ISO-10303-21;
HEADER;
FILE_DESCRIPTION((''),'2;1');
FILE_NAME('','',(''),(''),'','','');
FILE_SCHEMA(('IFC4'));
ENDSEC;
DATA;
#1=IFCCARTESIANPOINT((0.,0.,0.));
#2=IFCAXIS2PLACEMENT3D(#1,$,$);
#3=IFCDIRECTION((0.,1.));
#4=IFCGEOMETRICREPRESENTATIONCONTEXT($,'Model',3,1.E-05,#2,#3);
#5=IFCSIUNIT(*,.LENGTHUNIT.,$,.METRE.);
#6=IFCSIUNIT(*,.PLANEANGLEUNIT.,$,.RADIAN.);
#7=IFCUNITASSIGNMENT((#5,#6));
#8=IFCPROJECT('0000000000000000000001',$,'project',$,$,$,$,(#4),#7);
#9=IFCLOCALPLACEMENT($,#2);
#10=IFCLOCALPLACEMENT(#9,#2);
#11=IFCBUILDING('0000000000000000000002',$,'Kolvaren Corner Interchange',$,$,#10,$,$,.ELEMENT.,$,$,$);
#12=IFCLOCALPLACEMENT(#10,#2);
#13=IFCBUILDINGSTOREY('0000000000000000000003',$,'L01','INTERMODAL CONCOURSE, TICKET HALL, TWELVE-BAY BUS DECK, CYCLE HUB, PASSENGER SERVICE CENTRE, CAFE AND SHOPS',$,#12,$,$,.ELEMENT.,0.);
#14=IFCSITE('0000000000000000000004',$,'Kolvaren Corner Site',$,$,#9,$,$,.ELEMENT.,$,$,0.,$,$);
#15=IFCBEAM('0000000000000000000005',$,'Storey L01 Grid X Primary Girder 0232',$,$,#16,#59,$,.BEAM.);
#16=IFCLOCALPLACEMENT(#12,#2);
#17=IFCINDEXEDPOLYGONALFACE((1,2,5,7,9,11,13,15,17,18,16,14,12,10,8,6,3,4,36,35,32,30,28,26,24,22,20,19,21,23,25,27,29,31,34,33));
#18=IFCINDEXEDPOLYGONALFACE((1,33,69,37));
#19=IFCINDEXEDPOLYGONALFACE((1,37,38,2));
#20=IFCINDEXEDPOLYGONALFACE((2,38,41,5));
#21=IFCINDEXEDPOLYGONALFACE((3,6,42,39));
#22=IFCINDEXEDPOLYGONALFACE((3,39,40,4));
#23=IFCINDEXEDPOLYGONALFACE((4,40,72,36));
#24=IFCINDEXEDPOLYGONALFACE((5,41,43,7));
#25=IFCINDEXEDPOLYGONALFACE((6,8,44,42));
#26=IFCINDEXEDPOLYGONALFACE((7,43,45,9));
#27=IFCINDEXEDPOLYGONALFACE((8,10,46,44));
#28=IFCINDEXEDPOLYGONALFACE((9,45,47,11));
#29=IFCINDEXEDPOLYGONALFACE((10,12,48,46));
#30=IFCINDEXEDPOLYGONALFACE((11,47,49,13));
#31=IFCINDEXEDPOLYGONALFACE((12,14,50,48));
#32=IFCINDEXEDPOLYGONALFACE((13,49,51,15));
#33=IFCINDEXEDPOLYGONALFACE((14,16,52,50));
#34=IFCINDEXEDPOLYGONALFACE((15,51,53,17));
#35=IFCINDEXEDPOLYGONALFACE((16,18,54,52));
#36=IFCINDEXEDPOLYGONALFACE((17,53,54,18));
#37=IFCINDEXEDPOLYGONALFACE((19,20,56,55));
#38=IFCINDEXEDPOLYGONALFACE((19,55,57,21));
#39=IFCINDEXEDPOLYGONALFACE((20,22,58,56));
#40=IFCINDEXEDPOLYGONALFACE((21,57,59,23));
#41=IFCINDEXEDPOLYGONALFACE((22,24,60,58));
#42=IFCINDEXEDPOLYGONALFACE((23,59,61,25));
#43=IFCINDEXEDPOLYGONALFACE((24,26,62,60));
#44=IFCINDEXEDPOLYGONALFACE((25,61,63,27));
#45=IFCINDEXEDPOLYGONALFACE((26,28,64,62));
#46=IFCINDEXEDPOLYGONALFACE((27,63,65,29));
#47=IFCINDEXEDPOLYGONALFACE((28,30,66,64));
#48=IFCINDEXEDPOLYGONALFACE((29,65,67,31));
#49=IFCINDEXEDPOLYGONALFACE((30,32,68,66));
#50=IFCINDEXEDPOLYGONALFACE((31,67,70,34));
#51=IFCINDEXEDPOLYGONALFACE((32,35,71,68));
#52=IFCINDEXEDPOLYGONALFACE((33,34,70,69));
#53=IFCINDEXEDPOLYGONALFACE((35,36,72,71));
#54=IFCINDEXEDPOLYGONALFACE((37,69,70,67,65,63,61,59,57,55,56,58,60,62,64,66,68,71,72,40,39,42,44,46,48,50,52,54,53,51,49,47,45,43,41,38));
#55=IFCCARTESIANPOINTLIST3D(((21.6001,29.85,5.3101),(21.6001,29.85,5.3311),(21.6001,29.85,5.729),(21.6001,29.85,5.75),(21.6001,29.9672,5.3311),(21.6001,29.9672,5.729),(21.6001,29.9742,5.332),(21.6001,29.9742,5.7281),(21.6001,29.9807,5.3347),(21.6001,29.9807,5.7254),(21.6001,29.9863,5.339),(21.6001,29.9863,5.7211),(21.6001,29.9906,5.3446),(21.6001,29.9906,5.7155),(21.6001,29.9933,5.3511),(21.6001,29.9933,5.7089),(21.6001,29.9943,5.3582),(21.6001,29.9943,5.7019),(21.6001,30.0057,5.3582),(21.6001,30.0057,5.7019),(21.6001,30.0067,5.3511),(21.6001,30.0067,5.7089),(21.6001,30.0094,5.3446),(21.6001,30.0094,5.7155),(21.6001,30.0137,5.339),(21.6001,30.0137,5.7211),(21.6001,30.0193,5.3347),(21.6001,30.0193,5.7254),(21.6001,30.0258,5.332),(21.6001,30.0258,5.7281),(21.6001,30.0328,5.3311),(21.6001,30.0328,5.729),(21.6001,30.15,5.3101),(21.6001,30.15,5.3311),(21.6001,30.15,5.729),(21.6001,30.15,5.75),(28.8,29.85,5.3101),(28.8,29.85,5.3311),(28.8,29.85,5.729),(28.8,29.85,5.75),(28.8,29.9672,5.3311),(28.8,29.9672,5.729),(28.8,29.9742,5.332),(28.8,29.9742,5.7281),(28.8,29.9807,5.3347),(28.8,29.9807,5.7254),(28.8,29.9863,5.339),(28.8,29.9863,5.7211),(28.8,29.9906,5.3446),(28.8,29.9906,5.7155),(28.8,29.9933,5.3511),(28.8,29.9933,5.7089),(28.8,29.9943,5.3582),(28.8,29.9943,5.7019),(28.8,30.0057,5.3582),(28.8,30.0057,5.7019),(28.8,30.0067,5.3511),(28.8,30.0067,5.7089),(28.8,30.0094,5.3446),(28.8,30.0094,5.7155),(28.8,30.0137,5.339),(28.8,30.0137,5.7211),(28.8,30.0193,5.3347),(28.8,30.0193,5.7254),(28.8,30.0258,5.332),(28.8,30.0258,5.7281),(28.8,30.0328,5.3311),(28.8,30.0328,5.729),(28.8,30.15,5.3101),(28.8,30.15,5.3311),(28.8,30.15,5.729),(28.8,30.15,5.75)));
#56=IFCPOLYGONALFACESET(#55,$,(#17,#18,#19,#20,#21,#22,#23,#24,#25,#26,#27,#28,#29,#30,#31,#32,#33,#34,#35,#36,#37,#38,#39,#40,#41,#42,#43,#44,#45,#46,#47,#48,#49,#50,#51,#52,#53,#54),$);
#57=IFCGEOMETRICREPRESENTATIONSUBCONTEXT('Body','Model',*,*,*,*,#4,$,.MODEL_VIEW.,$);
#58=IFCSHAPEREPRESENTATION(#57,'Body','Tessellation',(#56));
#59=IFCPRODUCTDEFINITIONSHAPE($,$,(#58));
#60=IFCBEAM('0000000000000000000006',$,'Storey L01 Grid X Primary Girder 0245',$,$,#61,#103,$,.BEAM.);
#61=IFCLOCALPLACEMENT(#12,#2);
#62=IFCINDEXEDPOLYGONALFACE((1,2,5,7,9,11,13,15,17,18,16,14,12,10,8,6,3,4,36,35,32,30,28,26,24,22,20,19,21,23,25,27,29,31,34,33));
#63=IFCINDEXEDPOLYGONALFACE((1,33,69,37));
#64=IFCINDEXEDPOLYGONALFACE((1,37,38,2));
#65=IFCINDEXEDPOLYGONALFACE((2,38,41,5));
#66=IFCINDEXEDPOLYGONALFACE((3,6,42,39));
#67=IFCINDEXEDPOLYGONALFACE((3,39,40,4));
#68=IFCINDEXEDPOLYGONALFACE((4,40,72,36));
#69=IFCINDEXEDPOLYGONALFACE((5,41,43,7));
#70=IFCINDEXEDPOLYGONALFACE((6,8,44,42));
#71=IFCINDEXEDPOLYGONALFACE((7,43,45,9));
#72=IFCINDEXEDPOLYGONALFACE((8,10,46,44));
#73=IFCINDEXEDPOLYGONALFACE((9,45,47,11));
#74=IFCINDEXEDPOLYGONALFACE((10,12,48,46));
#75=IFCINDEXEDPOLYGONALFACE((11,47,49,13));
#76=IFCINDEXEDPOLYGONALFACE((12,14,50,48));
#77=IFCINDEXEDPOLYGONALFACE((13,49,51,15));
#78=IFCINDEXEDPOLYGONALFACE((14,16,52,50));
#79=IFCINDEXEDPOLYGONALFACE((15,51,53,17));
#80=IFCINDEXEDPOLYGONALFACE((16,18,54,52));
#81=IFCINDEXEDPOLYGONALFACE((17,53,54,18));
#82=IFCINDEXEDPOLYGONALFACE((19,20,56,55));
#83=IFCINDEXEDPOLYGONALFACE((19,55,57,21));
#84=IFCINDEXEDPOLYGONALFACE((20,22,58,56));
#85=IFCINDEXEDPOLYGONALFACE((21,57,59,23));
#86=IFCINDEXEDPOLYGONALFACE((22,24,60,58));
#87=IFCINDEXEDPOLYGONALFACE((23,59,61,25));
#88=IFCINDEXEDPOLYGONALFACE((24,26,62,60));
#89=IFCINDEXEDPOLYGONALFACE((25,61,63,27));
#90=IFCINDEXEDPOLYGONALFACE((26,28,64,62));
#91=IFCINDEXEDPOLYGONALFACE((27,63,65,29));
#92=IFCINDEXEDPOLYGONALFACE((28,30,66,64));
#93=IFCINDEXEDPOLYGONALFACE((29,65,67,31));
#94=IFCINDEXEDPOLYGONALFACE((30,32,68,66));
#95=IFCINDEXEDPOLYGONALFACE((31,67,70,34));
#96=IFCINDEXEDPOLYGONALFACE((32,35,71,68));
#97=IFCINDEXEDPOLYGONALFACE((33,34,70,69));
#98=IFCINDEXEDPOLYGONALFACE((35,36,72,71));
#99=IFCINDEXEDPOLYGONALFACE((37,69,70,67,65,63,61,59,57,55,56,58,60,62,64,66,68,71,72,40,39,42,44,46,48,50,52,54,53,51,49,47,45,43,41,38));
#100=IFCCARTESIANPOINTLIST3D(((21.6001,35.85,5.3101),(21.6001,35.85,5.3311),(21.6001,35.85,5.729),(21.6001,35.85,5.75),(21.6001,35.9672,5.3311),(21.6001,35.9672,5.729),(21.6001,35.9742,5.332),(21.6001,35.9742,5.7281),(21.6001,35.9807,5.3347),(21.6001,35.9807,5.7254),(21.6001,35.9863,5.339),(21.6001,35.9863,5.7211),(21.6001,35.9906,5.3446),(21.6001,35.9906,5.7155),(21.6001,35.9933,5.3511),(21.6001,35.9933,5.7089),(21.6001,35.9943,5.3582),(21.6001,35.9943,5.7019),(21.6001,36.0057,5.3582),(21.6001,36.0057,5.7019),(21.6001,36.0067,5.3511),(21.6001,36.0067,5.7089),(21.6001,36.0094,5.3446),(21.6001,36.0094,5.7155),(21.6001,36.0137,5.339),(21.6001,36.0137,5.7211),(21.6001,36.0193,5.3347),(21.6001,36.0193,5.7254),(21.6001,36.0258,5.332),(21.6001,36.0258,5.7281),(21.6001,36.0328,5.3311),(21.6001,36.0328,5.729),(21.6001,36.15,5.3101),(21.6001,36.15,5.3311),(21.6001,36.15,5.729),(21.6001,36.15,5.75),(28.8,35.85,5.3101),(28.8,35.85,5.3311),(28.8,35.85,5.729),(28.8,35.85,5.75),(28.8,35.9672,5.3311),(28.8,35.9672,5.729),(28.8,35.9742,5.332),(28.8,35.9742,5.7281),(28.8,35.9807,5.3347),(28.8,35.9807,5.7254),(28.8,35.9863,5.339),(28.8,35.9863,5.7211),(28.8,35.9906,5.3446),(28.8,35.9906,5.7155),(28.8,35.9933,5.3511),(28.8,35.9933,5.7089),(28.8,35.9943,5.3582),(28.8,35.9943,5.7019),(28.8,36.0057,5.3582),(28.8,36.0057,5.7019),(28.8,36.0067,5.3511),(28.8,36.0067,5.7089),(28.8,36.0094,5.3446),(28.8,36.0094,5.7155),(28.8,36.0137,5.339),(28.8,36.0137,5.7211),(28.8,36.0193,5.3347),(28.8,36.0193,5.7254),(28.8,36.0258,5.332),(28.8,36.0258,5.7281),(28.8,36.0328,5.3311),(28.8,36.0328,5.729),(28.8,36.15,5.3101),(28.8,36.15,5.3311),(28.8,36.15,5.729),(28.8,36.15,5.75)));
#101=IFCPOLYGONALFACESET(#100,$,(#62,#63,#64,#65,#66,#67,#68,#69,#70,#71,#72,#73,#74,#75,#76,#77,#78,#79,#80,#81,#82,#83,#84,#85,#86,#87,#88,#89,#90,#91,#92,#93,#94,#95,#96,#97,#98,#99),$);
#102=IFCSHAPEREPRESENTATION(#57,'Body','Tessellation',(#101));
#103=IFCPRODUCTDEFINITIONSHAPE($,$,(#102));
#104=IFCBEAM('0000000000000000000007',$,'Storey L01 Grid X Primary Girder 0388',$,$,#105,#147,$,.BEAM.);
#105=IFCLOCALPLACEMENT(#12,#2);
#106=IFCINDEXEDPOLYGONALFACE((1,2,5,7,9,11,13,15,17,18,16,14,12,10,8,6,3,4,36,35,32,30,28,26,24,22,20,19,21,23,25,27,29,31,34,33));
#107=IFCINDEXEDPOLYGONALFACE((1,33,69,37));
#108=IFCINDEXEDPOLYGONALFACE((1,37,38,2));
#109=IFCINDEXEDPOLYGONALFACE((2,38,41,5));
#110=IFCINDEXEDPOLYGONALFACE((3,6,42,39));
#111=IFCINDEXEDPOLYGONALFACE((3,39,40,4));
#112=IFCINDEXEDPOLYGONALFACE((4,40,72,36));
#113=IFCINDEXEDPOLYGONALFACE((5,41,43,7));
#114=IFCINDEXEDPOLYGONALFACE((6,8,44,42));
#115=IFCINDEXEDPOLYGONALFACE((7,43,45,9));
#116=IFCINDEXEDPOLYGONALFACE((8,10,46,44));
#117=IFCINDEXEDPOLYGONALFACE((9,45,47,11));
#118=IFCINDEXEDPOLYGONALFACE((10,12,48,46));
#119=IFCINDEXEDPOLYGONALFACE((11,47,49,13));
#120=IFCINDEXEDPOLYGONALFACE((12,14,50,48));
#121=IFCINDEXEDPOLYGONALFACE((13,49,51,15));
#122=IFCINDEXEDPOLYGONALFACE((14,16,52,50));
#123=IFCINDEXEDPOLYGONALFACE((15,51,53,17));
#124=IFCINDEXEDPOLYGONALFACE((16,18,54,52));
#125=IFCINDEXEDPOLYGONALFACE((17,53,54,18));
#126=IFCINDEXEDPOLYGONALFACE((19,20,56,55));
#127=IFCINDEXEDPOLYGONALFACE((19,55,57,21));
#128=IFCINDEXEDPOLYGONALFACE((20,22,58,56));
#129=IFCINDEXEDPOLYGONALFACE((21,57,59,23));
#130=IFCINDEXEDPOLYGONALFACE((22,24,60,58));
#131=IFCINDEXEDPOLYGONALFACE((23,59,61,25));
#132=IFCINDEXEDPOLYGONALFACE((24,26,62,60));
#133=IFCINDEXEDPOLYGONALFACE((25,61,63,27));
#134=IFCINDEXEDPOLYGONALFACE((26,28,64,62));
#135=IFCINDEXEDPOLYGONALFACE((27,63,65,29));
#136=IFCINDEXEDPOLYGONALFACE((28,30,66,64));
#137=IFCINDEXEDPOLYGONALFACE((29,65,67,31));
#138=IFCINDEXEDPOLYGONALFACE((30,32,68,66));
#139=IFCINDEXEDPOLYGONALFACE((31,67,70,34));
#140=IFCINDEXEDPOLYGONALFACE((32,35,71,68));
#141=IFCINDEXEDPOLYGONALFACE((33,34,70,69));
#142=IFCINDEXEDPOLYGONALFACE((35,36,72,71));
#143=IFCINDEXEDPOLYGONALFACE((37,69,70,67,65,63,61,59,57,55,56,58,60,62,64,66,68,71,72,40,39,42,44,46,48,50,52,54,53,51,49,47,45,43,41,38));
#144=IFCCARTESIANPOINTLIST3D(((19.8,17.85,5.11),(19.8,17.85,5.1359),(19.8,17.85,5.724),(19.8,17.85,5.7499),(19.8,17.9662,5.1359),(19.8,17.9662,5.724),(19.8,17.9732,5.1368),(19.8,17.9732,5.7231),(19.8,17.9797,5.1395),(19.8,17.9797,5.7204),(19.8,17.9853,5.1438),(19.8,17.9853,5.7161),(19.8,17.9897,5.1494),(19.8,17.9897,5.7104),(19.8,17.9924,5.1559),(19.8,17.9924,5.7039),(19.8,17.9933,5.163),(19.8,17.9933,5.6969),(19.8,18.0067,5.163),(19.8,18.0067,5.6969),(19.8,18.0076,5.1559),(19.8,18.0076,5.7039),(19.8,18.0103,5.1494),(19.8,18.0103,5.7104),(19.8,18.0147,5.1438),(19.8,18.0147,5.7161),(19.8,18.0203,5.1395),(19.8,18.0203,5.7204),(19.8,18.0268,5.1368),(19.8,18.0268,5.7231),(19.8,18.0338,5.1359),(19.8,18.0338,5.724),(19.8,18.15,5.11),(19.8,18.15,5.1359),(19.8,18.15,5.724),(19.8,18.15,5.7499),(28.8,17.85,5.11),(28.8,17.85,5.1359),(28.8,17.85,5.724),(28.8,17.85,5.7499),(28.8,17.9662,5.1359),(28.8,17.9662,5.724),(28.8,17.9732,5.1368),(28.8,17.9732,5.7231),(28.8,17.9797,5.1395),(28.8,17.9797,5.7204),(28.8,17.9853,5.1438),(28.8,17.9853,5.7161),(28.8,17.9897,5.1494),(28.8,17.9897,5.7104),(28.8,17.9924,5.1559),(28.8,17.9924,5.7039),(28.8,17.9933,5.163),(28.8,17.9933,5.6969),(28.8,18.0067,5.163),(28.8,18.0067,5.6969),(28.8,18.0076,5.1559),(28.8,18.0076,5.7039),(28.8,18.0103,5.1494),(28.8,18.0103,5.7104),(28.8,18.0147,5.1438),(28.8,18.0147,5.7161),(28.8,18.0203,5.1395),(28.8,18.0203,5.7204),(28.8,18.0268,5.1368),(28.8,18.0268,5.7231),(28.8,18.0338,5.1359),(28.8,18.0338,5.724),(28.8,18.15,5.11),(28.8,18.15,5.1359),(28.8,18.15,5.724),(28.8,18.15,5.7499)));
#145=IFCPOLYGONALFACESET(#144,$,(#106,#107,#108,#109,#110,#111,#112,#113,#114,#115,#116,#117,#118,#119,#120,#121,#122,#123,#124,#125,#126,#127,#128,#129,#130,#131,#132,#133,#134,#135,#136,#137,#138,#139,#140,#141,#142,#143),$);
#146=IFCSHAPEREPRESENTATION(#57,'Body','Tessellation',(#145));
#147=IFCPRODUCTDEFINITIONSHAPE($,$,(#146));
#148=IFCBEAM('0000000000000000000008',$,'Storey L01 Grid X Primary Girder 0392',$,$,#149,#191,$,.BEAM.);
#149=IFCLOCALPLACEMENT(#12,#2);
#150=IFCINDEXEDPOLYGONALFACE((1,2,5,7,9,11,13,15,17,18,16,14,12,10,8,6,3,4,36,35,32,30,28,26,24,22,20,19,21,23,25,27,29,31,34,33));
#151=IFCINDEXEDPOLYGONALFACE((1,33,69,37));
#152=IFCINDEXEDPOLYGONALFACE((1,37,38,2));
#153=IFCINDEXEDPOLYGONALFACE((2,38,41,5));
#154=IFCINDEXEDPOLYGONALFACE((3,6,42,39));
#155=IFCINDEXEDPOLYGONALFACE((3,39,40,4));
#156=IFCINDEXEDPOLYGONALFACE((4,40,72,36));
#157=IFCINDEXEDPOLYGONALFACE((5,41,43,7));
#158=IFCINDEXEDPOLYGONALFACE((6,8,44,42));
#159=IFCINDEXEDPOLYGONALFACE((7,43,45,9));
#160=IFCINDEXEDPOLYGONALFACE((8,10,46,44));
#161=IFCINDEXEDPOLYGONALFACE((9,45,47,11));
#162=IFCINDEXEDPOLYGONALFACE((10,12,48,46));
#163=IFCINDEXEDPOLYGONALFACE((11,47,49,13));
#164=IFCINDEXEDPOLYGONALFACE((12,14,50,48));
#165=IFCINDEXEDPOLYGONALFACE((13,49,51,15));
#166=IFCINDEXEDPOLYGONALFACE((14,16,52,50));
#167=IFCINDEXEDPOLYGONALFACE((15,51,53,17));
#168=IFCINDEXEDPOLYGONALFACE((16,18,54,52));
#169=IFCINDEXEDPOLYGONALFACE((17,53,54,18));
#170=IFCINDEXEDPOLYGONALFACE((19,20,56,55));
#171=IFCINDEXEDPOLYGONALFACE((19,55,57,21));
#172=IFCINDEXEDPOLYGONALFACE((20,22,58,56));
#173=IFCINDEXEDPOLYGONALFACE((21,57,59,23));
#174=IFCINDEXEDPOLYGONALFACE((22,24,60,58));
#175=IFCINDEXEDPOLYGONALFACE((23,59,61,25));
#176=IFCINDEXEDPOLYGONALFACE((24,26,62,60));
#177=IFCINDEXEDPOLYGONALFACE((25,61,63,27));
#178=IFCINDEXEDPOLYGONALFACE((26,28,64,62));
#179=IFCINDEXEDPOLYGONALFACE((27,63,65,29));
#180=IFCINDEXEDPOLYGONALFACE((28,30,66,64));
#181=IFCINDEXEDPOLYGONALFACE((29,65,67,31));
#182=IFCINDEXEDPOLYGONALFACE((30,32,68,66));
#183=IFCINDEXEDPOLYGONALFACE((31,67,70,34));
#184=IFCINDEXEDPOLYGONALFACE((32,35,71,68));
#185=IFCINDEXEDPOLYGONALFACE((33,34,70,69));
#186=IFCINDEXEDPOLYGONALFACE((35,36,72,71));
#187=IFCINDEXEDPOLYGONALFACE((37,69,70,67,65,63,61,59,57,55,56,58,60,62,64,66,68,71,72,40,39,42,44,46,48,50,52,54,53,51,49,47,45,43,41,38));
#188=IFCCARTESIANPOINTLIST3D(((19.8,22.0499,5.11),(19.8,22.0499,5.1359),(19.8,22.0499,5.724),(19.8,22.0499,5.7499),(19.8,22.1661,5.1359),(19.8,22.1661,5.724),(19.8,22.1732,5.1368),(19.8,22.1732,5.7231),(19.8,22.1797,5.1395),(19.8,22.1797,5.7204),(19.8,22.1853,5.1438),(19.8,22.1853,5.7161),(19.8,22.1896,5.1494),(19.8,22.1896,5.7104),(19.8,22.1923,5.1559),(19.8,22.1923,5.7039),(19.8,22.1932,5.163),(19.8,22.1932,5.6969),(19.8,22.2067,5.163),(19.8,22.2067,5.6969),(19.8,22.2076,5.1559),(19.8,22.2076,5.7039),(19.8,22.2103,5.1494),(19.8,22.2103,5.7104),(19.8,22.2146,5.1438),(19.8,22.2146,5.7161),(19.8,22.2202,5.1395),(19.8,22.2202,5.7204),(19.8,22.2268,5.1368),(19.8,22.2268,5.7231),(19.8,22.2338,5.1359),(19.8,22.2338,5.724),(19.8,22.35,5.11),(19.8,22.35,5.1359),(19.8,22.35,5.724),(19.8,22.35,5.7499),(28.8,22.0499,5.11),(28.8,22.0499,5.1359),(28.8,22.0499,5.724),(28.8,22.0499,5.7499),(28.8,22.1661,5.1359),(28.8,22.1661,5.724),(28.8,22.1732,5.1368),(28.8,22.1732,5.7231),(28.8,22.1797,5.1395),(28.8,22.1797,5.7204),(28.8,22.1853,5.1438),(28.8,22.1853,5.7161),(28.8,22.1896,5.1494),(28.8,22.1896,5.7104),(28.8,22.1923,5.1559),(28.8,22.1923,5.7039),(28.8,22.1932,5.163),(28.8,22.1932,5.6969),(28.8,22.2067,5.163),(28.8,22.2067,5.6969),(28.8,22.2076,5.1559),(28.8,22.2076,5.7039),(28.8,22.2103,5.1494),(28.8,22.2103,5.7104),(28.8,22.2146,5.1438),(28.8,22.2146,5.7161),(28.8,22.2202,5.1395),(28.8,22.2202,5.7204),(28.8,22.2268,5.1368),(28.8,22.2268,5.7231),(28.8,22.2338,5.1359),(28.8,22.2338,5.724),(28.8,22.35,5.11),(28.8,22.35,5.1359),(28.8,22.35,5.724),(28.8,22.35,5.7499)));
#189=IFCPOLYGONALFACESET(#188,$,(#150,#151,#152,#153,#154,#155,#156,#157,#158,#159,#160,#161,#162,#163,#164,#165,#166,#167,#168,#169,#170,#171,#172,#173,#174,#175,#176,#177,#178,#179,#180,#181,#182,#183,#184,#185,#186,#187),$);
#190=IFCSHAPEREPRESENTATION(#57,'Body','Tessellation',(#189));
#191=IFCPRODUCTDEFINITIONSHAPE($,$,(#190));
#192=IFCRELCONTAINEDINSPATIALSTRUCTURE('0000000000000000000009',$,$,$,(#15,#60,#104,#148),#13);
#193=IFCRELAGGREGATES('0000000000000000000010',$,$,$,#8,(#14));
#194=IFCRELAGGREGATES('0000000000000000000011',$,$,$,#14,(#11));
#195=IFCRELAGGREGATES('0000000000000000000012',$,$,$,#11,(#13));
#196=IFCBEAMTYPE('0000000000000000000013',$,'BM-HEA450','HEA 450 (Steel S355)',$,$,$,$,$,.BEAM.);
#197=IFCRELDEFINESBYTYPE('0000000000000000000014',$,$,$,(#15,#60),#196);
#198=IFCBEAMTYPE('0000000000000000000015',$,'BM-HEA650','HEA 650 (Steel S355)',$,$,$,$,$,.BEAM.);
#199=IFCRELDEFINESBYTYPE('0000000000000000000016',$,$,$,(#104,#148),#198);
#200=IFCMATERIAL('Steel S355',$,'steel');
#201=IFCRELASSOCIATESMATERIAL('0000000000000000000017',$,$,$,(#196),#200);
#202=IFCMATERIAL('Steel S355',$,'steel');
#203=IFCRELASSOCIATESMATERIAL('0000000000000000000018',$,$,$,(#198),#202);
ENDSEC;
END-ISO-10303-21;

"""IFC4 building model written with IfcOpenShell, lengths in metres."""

from ifc_helpers import new_model, si_unit, direction, frame, origin, origin_2d, place, context, subcontext, project, spatial, i_section, extrude, material, material_profile, profile_set, type_object, element, save


model = new_model("IFC4")

# Units and contexts
model_context = context("Model", 3, precision=1e-05, world=origin(), true_north=direction((0.0, 1.0)))
body_context = subcontext(model_context, "Body", "Model", "MODEL_VIEW")
ifc_project = project(units=[si_unit("LENGTHUNIT", "METRE"), si_unit("PLANEANGLEUNIT", "RADIAN")], contexts=[model_context])

# Site, building, storey
site_placement = place(None, origin())
site = spatial("IfcSite", under=ifc_project, at=site_placement, Name="Kolvaren Corner Site", CompositionType="ELEMENT", RefElevation=0.0)
building_placement = place(site_placement, origin())
building = spatial("IfcBuilding", under=site, at=building_placement, Name="Kolvaren Corner Interchange", CompositionType="ELEMENT")
storey_placement = place(building_placement, origin())
storey = spatial("IfcBuildingStorey", under=building, at=storey_placement, Name="L01", Description="INTERMODAL CONCOURSE, TICKET HALL, TWELVE-BAY BUS DECK, CYCLE HUB, PASSENGER SERVICE CENTRE, CAFE AND SHOPS", CompositionType="ELEMENT", Elevation=0.0)

# Beams
ifc_material_1 = material(Name="Steel S355", Category="steel")
ifc_material_profile_1 = material_profile(ifc_material_1, i_section(OverallWidth=0.3, OverallDepth=0.4399, WebThickness=0.0115, FlangeThickness=0.021, FilletRadius=0.0271, at=origin_2d()), Name="HEA 450")
ifc_profile_set_1 = profile_set([ifc_material_profile_1], Name="Steel S355")
beam_type_1 = type_object("IfcBeamType", Name="BM-HEA450", Description="HEA 450 (Steel S355)", PredefinedType="BEAM", material=ifc_profile_set_1)
for number, where, z_axis, x_axis, name in (
    (1, (21.6001, 30.0, 5.53), (1.0, 0.0, 0.0), (0.0, 1.0, 0.0), "Storey L01 Grid X Primary Girder 0232"),
    (2, (21.6001, 36.0, 5.53), (1.0, 0.0, 0.0), (0.0, 1.0, 0.0), "Storey L01 Grid X Primary Girder 0245"),
):
    element("IfcBeam", number, at=place(storey_placement, frame(where, z_axis=z_axis, x_axis=x_axis)), inside=storey, type_object=beam_type_1, Name=name, PredefinedType="BEAM", context=body_context, shape_type="SweptSolid", body=[
        extrude(i_section(OverallWidth=0.3, OverallDepth=0.4399, WebThickness=0.0115, FlangeThickness=0.021, FilletRadius=0.0271, at=origin_2d()), origin(), (0.0, 0.0, 1.0), 7.2),
    ])
ifc_material_2 = material(Name="Steel S355", Category="steel")
ifc_material_profile_2 = material_profile(ifc_material_2, i_section(OverallWidth=0.3, OverallDepth=0.6399, WebThickness=0.0134, FlangeThickness=0.0259, FilletRadius=0.0271, at=origin_2d()), Name="HEA 650")
ifc_profile_set_2 = profile_set([ifc_material_profile_2], Name="Steel S355")
beam_type_2 = type_object("IfcBeamType", Name="BM-HEA650", Description="HEA 650 (Steel S355)", PredefinedType="BEAM", material=ifc_profile_set_2)
for number, where, z_axis, x_axis, name in (
    (3, (19.8, 18.0, 5.4299), (1.0, 0.0, 0.0), (0.0, 1.0, 0.0), "Storey L01 Grid X Primary Girder 0388"),
    (4, (19.8, 22.2, 5.4299), (1.0, 0.0, 0.0), (0.0, 1.0, 0.0), "Storey L01 Grid X Primary Girder 0392"),
):
    element("IfcBeam", number, at=place(storey_placement, frame(where, z_axis=z_axis, x_axis=x_axis)), inside=storey, type_object=beam_type_2, Name=name, PredefinedType="BEAM", context=body_context, shape_type="SweptSolid", body=[
        extrude(i_section(OverallWidth=0.3, OverallDepth=0.6399, WebThickness=0.0134, FlangeThickness=0.0259, FilletRadius=0.0271, at=origin_2d()), origin(), (0.0, 0.0, 1.0), 9.0),
    ])

save(model, "model.ifc")
